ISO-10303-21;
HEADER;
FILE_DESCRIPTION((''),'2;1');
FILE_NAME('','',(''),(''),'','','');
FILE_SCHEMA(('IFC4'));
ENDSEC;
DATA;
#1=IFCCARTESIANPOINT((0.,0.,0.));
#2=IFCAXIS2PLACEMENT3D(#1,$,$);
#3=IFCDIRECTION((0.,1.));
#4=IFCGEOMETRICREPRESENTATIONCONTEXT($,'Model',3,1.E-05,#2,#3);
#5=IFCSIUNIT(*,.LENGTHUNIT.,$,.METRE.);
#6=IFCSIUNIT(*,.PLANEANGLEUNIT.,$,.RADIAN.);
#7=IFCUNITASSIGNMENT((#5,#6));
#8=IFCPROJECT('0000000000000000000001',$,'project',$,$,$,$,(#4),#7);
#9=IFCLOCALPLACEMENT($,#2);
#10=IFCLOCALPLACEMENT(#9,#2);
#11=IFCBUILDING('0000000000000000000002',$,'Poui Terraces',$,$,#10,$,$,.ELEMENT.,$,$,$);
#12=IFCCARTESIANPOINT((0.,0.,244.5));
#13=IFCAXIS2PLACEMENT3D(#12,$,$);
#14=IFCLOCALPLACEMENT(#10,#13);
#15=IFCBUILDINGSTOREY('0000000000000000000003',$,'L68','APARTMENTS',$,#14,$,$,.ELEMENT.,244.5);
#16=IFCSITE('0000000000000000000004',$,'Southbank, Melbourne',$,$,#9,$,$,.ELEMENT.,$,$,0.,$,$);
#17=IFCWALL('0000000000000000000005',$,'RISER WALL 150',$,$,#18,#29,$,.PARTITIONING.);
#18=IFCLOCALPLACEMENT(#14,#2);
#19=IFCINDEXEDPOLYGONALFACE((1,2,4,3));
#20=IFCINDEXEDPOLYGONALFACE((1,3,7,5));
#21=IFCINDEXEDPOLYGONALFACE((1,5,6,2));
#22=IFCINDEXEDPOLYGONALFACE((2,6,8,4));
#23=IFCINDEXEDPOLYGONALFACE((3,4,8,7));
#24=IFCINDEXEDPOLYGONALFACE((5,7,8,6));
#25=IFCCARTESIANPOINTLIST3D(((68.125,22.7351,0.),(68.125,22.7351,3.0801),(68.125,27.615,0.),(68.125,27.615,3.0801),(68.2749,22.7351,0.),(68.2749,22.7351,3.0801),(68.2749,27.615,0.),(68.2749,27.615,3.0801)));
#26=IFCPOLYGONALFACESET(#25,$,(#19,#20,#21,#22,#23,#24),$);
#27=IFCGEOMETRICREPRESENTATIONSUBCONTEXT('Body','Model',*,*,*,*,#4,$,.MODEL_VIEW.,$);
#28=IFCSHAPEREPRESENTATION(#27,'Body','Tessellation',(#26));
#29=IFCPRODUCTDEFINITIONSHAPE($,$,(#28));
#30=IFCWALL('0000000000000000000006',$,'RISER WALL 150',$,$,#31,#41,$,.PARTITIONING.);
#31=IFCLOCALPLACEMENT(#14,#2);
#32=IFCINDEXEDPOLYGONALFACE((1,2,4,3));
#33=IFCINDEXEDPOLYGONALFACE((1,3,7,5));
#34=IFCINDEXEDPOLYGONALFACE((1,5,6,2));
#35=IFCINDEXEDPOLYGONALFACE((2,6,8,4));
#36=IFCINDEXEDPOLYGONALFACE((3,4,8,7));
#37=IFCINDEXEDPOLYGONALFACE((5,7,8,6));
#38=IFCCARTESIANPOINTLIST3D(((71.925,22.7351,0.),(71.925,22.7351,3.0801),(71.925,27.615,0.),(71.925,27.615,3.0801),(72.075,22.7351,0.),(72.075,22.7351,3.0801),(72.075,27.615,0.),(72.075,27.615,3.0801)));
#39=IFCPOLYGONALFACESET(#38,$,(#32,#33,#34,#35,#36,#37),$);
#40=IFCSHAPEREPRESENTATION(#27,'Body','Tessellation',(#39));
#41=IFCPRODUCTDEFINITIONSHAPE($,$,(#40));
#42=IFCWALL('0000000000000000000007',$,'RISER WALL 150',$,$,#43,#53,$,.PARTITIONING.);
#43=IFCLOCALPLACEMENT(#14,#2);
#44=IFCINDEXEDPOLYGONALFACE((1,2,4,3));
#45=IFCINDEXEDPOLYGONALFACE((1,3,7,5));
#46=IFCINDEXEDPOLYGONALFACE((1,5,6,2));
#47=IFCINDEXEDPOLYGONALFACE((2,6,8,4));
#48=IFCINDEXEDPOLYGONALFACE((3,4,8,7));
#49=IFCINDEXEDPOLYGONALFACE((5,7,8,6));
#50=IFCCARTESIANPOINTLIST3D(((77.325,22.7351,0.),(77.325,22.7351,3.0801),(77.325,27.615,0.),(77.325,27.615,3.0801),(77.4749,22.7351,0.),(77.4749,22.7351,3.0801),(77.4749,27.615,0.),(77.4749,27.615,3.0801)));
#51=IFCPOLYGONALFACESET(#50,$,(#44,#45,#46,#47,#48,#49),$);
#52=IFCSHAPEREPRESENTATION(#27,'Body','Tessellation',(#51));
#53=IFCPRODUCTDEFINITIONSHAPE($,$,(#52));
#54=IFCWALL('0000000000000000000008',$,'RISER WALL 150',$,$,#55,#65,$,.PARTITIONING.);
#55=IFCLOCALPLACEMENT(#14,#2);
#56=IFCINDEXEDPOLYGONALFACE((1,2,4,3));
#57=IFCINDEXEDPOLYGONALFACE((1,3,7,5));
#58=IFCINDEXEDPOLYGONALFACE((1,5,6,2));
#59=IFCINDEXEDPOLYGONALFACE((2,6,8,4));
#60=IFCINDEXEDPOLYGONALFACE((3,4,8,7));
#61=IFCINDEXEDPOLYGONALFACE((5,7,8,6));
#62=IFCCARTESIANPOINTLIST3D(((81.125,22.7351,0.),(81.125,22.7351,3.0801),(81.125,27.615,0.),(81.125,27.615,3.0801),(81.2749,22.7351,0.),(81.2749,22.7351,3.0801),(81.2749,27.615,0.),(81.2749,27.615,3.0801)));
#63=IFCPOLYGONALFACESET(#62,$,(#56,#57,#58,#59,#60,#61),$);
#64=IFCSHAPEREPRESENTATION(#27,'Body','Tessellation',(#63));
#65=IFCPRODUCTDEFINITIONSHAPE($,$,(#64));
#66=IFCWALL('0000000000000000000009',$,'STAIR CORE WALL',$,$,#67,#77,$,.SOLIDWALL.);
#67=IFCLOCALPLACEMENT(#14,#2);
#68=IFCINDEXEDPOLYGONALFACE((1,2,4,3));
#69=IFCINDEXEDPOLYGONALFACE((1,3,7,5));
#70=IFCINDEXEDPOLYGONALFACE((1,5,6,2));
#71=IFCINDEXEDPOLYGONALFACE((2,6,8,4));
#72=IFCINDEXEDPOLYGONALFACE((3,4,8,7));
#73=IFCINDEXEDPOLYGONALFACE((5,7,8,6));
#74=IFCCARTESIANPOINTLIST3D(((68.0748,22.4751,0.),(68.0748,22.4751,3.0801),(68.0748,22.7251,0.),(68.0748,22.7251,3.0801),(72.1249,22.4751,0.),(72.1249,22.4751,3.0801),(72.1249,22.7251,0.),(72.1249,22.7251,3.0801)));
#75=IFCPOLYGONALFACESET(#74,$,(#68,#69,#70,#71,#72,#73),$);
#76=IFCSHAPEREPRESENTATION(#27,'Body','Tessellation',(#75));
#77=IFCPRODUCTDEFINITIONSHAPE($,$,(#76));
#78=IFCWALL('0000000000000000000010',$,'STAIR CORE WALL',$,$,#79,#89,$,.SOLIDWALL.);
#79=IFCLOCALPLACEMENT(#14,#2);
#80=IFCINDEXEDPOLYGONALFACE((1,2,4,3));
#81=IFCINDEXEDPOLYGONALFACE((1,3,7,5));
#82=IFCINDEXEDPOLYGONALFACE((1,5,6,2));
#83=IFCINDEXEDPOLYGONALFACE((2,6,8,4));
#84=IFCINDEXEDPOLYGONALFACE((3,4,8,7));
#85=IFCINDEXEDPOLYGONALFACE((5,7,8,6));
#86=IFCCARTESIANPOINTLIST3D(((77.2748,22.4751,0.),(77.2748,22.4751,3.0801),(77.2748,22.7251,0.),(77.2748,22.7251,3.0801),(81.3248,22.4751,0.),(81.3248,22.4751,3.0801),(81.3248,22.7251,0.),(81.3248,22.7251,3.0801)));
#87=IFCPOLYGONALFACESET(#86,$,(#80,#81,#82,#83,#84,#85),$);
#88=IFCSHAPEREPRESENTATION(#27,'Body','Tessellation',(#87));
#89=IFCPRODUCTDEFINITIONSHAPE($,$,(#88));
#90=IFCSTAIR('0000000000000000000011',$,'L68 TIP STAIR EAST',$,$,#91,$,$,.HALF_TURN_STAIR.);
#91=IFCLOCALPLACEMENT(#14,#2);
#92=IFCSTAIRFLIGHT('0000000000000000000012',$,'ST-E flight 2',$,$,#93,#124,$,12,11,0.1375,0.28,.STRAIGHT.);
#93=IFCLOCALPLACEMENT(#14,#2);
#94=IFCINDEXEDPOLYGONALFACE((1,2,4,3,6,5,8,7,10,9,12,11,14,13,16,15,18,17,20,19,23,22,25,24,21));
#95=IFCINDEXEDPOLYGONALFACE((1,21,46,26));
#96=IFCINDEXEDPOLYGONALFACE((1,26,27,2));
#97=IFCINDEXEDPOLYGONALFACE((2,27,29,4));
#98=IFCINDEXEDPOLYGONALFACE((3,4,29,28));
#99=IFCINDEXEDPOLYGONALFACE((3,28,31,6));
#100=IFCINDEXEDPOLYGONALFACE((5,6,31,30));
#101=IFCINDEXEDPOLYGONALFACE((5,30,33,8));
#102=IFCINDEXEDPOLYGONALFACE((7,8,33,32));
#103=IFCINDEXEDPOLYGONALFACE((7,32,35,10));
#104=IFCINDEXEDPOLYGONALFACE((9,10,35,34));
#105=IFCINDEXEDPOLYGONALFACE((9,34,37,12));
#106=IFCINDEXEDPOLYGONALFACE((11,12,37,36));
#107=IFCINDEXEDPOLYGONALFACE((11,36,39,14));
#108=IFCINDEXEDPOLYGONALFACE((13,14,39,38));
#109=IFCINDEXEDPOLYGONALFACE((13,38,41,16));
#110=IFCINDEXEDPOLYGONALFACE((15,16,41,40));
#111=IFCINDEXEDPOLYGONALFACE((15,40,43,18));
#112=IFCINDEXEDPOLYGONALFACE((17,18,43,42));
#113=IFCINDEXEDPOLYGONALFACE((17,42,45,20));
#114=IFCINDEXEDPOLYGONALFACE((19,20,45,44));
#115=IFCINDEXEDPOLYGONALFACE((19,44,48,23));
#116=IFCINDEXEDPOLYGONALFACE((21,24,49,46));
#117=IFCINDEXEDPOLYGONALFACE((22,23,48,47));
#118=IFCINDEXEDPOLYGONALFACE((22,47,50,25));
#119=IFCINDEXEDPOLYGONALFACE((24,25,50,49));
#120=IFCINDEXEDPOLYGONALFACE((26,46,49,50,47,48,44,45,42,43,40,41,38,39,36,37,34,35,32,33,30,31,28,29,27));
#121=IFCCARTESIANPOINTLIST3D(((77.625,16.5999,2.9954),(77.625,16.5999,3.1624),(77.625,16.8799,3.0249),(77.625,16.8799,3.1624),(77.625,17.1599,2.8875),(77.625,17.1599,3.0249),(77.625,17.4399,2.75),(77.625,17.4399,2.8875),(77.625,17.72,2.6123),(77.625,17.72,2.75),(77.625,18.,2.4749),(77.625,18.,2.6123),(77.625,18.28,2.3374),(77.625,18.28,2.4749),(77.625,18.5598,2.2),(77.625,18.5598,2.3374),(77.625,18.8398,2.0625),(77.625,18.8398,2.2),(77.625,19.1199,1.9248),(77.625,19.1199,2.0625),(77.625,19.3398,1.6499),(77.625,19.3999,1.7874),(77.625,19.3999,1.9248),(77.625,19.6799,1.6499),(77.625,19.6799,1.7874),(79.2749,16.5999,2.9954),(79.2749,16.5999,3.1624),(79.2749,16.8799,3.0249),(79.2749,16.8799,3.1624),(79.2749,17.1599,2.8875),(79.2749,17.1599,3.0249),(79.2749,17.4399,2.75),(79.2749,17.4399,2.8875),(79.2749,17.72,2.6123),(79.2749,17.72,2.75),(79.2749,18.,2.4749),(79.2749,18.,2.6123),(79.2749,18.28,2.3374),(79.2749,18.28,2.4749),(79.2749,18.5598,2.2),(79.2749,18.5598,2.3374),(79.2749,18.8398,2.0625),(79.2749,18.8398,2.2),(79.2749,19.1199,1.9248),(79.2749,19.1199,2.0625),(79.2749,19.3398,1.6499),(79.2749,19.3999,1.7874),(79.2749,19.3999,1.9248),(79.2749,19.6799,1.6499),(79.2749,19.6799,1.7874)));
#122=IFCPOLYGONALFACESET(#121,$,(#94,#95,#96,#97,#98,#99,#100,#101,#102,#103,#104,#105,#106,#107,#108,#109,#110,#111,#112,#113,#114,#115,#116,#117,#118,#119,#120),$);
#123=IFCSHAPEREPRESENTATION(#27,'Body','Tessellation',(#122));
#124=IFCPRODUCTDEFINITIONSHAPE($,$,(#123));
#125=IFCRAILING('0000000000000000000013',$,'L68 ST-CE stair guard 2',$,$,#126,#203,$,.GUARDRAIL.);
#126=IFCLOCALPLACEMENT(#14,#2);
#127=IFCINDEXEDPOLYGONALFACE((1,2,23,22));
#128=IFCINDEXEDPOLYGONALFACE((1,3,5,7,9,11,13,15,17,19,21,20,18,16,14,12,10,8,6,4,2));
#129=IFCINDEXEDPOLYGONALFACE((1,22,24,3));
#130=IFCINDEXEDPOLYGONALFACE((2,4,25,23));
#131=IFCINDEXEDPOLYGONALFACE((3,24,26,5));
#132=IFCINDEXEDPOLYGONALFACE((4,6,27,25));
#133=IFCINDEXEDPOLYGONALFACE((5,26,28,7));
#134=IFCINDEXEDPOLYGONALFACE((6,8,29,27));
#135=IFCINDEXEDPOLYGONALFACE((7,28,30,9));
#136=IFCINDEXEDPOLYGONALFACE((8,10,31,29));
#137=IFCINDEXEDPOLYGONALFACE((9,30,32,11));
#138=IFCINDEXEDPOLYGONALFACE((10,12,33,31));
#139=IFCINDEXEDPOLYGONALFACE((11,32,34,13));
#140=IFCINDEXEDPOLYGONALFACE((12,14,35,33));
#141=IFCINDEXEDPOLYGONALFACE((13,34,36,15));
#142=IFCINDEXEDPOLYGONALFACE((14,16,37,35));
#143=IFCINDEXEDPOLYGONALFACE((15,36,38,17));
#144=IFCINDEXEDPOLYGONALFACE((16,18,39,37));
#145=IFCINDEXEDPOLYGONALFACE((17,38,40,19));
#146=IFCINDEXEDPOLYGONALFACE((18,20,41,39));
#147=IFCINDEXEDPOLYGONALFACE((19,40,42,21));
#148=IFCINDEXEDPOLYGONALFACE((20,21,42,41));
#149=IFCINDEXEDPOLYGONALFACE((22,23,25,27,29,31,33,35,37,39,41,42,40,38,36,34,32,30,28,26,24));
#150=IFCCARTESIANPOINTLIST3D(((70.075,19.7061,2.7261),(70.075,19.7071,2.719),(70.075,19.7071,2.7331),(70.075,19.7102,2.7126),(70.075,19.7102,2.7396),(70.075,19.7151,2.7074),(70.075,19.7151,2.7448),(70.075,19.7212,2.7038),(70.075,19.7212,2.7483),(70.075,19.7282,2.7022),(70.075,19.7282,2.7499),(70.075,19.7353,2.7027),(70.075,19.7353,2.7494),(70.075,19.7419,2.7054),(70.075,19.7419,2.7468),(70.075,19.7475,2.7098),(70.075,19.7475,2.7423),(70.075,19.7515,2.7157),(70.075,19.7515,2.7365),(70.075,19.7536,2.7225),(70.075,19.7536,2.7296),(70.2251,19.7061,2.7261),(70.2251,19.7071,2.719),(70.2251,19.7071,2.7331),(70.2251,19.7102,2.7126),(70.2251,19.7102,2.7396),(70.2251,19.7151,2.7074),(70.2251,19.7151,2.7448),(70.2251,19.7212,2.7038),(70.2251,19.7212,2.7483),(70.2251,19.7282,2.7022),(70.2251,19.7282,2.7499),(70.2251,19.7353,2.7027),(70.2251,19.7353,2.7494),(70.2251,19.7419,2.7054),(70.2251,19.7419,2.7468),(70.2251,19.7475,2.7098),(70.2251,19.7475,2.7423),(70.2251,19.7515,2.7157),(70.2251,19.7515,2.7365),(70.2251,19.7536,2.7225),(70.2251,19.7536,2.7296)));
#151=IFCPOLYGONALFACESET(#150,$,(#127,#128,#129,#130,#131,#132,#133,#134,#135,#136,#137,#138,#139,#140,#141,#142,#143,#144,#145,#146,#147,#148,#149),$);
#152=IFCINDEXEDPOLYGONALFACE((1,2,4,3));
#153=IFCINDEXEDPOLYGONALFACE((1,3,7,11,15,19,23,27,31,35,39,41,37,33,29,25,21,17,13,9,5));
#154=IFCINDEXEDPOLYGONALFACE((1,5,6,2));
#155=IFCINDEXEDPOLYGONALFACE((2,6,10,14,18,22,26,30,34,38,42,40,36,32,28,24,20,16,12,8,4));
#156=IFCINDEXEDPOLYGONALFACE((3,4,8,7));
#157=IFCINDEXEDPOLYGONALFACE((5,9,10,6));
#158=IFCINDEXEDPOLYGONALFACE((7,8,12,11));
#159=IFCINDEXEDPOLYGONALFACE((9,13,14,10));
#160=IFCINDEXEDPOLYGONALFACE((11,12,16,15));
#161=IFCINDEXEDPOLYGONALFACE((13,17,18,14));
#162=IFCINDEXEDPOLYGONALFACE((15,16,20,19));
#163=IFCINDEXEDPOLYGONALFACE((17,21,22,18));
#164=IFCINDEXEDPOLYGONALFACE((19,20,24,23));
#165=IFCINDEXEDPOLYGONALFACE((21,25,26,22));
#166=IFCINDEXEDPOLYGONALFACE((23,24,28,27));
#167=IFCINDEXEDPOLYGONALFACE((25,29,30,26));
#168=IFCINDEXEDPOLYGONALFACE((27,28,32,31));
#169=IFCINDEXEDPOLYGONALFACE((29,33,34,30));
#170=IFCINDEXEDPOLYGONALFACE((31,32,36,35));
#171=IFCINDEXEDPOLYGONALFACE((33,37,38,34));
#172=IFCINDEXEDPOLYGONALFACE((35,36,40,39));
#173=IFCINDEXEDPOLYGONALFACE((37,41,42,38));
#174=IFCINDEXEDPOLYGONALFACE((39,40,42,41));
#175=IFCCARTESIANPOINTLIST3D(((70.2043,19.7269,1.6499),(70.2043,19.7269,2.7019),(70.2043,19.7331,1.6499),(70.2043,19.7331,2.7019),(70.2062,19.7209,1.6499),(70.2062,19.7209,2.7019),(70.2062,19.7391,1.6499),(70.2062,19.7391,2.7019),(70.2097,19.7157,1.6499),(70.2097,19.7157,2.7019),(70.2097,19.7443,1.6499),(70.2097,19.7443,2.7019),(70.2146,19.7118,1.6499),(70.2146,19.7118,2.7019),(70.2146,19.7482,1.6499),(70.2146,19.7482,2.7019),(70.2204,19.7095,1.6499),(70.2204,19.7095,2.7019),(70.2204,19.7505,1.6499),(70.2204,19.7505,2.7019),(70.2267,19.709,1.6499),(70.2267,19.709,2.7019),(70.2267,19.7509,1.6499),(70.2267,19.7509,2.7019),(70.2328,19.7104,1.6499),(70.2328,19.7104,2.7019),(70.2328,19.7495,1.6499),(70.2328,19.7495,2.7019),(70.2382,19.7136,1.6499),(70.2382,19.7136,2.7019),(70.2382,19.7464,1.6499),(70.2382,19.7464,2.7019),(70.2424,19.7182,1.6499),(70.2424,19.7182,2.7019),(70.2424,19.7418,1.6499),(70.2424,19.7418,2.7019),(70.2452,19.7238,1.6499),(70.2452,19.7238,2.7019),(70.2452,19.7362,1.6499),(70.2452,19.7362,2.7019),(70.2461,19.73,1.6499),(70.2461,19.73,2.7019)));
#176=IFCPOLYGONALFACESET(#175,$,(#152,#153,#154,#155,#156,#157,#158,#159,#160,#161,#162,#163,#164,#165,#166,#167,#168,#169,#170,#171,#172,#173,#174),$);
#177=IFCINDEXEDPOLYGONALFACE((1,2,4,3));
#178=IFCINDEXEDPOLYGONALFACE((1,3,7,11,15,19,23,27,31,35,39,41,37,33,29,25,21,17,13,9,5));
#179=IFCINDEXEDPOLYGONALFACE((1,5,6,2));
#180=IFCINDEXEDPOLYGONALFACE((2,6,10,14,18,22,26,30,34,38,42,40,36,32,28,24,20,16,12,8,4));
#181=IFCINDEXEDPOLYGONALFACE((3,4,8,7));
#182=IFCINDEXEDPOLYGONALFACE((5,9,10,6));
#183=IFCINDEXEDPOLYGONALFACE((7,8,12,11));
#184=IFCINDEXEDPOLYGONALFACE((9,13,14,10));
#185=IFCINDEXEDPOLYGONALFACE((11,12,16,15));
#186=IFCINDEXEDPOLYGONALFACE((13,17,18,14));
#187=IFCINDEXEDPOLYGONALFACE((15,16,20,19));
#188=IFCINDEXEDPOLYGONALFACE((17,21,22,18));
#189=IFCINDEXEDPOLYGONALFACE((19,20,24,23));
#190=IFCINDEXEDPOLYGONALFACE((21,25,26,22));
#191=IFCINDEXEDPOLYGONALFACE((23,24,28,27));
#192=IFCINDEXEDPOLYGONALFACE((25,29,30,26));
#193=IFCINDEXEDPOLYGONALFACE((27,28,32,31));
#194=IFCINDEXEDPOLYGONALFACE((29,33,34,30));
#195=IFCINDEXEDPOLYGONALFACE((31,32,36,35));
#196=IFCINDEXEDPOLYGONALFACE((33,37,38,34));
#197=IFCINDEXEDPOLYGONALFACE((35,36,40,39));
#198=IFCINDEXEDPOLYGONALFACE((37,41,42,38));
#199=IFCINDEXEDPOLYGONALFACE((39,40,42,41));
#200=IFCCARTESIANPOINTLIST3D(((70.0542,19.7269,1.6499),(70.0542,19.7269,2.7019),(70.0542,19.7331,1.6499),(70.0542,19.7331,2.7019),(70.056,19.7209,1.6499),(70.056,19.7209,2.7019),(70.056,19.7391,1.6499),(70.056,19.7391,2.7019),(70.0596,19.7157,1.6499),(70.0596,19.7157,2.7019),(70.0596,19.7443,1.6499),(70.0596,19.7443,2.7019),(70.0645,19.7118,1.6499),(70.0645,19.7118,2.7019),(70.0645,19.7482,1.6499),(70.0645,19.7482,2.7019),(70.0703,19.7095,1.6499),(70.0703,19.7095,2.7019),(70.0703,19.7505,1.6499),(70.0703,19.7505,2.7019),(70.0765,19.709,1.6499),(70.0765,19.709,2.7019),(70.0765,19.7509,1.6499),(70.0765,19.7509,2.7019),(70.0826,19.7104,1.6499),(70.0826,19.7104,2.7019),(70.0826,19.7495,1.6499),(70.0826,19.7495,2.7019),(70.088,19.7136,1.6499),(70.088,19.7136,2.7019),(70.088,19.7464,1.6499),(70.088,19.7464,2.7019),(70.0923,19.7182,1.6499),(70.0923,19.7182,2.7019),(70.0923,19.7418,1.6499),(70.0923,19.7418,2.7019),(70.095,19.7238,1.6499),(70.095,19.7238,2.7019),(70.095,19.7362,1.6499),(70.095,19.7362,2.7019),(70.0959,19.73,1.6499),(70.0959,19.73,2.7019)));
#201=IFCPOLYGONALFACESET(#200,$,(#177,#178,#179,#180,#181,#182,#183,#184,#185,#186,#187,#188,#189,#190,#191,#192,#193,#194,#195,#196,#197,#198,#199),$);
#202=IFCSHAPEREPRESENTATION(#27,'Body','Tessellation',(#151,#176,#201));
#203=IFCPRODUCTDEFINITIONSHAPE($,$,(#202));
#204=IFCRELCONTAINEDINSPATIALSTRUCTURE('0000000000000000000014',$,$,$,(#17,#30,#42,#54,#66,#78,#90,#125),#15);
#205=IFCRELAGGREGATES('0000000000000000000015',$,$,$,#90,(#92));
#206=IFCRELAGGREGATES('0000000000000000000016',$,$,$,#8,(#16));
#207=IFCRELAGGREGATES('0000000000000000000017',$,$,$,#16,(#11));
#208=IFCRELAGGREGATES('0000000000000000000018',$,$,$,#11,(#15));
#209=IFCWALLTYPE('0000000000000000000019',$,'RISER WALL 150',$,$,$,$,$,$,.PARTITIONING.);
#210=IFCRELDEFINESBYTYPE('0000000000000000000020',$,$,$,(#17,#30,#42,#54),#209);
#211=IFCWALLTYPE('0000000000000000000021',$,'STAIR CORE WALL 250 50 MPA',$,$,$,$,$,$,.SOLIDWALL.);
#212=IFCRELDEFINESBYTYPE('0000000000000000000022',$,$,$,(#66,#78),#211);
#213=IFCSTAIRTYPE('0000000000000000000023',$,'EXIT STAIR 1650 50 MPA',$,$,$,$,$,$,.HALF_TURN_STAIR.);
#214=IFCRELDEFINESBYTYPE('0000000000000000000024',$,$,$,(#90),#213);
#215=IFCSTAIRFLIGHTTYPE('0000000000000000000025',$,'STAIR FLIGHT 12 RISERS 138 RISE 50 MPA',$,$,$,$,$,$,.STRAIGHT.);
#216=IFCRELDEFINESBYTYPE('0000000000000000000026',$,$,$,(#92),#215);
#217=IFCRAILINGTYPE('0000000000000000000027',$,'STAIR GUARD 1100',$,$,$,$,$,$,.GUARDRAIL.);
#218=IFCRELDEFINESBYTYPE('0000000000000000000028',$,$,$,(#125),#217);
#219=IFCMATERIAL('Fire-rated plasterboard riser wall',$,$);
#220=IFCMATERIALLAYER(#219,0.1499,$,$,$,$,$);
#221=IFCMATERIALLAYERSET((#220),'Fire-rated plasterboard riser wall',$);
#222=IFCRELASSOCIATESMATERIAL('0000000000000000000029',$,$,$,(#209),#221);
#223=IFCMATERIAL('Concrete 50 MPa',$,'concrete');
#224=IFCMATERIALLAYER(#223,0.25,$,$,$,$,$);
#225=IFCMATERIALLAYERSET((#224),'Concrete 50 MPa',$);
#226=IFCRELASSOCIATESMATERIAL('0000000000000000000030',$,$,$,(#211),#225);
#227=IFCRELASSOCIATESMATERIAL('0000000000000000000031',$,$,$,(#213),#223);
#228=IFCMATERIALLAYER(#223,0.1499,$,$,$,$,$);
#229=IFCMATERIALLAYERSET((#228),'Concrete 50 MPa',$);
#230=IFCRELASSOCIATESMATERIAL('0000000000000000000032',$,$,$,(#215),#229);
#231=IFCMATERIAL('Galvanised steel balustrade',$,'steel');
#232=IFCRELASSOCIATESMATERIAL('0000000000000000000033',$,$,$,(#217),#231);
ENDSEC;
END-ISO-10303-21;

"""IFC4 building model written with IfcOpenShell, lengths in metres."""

from ifc_helpers import new_model, si_unit, direction, frame, frame_2d, origin, origin_2d, place, context, subcontext, project, spatial, polyline, rectangle, circle, outline, extrude, material, layer, layer_set, type_object, element, aggregate, save


model = new_model("IFC4")

# Units and contexts
model_context = context("Model", 3, precision=1e-05, world=origin(), true_north=direction((0.0, 1.0)))
body_context = subcontext(model_context, "Body", "Model", "MODEL_VIEW")
ifc_project = project(units=[si_unit("LENGTHUNIT", "METRE"), si_unit("PLANEANGLEUNIT", "RADIAN")], contexts=[model_context])

# Site, building, storey
site_placement = place(None, origin())
site = spatial("IfcSite", under=ifc_project, at=site_placement, Name="Southbank, Melbourne", CompositionType="ELEMENT", RefElevation=0.0)
building_placement = place(site_placement, origin())
building = spatial("IfcBuilding", under=site, at=building_placement, Name="Poui Terraces", CompositionType="ELEMENT")
storey_placement = place(building_placement, frame((0.0, 0.0, 244.5)))
storey = spatial("IfcBuildingStorey", under=building, at=storey_placement, Name="L68", Description="APARTMENTS", CompositionType="ELEMENT", Elevation=244.5)

# Shared definitions
ifc_material_1 = material(Name="Concrete 50 MPa", Category="concrete")

# Walls
ifc_material_2 = material(Name="Fire-rated plasterboard riser wall")
ifc_layer_1 = layer(ifc_material_2, 0.1499)
ifc_layer_set_1 = layer_set([ifc_layer_1], Name="Fire-rated plasterboard riser wall")
wall_type_1 = type_object("IfcWallType", Name="RISER WALL 150", PredefinedType="PARTITIONING", material=ifc_layer_set_1)
for number, where, z_axis, x_axis, name in (
    (1, (68.2, 22.7351, 0.0), (0.0, 0.0, 1.0), (0.0, 1.0, 0.0), "RISER WALL 150"),
    (2, (72.0, 22.7351, 0.0), (0.0, 0.0, 1.0), (0.0, 1.0, 0.0), "RISER WALL 150"),
    (3, (77.3999, 22.7351, 0.0), (0.0, 0.0, 1.0), (0.0, 1.0, 0.0), "RISER WALL 150"),
    (4, (81.2, 22.7351, 0.0), (0.0, 0.0, 1.0), (0.0, 1.0, 0.0), "RISER WALL 150"),
):
    element("IfcWall", number, at=place(storey_placement, frame(where, z_axis=z_axis, x_axis=x_axis)), inside=storey, type_object=wall_type_1, Name=name, PredefinedType="PARTITIONING", context=body_context, shape_type="SweptSolid", body=[
        extrude(rectangle(XDim=4.8799, YDim=0.1499, at=frame_2d((2.4399, 0.0))), origin(), (0.0, 0.0, 1.0), 3.0801),
    ])
ifc_layer_2 = layer(ifc_material_1, 0.25)
ifc_layer_set_2 = layer_set([ifc_layer_2], Name="Concrete 50 MPa")
wall_type_2 = type_object("IfcWallType", Name="STAIR CORE WALL 250 50 MPA", PredefinedType="SOLIDWALL", material=ifc_layer_set_2)
for number, where, z_axis, x_axis, name in (
    (5, (68.075, 22.6001, 0.0), (0.0, 0.0, 1.0), (1.0, 0.0, 0.0), "STAIR CORE WALL"),
    (6, (77.2749, 22.6001, 0.0), (0.0, 0.0, 1.0), (1.0, 0.0, 0.0), "STAIR CORE WALL"),
):
    element("IfcWall", number, at=place(storey_placement, frame(where, z_axis=z_axis, x_axis=x_axis)), inside=storey, type_object=wall_type_2, Name=name, PredefinedType="SOLIDWALL", context=body_context, shape_type="SweptSolid", body=[
        extrude(rectangle(XDim=4.05, YDim=0.25, at=frame_2d((2.0249, 0.0))), origin(), (0.0, 0.0, 1.0), 3.0801),
    ])

# Stair, stair flight
stair_type = type_object("IfcStairType", Name="EXIT STAIR 1650 50 MPA", PredefinedType="HALF_TURN_STAIR", material=ifc_material_1)
stair_placement = place(storey_placement, origin())
stair = element("IfcStair", 7, at=stair_placement, inside=storey, type_object=stair_type, Name="L68 TIP STAIR EAST", PredefinedType="HALF_TURN_STAIR")
ifc_layer_3 = layer(ifc_material_1, 0.1499)
ifc_layer_set_3 = layer_set([ifc_layer_3], Name="Concrete 50 MPa")
stair_flight_type = type_object("IfcStairFlightType", Name="STAIR FLIGHT 12 RISERS 138 RISE 50 MPA", PredefinedType="STRAIGHT", material=ifc_layer_set_3)
stair_flight_placement = place(storey_placement, frame((78.45, 19.6799, 1.6499), z_axis=(0.0, 0.0, 1.0), x_axis=(0.0, -1.0, 0.0)))
stair_flight = element("IfcStairFlight", 8, at=stair_flight_placement, type_object=stair_flight_type, Name="ST-E flight 2", NumberOfRisers=12, NumberOfTreads=11, PredefinedType="STRAIGHT", RiserHeight=0.1375, TreadLength=0.28, context=body_context, shape_type="SweptSolid", body=[
    extrude(outline(polyline([(0.0, 0.0), (0.0, 0.1375), (0.28, 0.1375), (0.28, 0.2749), (0.5601, 0.2749), (0.5601, 0.4126), (0.8401, 0.4126), (0.8401, 0.55), (1.1201, 0.55), (1.1201, 0.6875), (1.3999, 0.6875), (1.3999, 0.825), (1.6799, 0.825), (1.6799, 0.9624), (1.96, 0.9624), (1.96, 1.1001), (2.24, 1.1001), (2.24, 1.2375), (2.52, 1.2375), (2.52, 1.375), (2.8, 1.375), (2.8, 1.5125), (3.0801, 1.5125), (3.0801, 1.6499), (3.0801, 1.3455), (0.3401, 0.0), (0.0, 0.0)])), frame((0.0, 0.825, 0.0), z_axis=(0.0, -1.0, 0.0), x_axis=(1.0, 0.0, 0.0)), (0.0, 0.0, 1.0), 1.6499),
])
aggregate(stair, [stair_flight])

# Railing
ifc_material_3 = material(Name="Galvanised steel balustrade", Category="steel")
railing_type = type_object("IfcRailingType", Name="STAIR GUARD 1100", PredefinedType="GUARDRAIL", material=ifc_material_3)
for number, where, name in (
    (9, (70.2251, 19.73, 1.6499), "L68 ST-CE stair guard 2"),
):
    element("IfcRailing", number, at=place(storey_placement, frame(where)), inside=storey, type_object=railing_type, Name=name, PredefinedType="GUARDRAIL", context=body_context, shape_type="SweptSolid", body=[
        extrude(circle(Radius=0.0239, at=origin_2d()), frame((0.0, 0.0, 1.0762), z_axis=(-1.0, 0.0, 0.0), x_axis=(0.0, -1.0, 0.0)), (0.0, 0.0, 1.0), 0.1501),
        extrude(circle(Radius=0.021, at=origin_2d()), origin(), (0.0, 0.0, 1.0), 1.052),
        extrude(circle(Radius=0.021, at=origin_2d()), frame((-0.1501, 0.0, 0.0)), (0.0, 0.0, 1.0), 1.052),
    ])

save(model, "model.ifc")
